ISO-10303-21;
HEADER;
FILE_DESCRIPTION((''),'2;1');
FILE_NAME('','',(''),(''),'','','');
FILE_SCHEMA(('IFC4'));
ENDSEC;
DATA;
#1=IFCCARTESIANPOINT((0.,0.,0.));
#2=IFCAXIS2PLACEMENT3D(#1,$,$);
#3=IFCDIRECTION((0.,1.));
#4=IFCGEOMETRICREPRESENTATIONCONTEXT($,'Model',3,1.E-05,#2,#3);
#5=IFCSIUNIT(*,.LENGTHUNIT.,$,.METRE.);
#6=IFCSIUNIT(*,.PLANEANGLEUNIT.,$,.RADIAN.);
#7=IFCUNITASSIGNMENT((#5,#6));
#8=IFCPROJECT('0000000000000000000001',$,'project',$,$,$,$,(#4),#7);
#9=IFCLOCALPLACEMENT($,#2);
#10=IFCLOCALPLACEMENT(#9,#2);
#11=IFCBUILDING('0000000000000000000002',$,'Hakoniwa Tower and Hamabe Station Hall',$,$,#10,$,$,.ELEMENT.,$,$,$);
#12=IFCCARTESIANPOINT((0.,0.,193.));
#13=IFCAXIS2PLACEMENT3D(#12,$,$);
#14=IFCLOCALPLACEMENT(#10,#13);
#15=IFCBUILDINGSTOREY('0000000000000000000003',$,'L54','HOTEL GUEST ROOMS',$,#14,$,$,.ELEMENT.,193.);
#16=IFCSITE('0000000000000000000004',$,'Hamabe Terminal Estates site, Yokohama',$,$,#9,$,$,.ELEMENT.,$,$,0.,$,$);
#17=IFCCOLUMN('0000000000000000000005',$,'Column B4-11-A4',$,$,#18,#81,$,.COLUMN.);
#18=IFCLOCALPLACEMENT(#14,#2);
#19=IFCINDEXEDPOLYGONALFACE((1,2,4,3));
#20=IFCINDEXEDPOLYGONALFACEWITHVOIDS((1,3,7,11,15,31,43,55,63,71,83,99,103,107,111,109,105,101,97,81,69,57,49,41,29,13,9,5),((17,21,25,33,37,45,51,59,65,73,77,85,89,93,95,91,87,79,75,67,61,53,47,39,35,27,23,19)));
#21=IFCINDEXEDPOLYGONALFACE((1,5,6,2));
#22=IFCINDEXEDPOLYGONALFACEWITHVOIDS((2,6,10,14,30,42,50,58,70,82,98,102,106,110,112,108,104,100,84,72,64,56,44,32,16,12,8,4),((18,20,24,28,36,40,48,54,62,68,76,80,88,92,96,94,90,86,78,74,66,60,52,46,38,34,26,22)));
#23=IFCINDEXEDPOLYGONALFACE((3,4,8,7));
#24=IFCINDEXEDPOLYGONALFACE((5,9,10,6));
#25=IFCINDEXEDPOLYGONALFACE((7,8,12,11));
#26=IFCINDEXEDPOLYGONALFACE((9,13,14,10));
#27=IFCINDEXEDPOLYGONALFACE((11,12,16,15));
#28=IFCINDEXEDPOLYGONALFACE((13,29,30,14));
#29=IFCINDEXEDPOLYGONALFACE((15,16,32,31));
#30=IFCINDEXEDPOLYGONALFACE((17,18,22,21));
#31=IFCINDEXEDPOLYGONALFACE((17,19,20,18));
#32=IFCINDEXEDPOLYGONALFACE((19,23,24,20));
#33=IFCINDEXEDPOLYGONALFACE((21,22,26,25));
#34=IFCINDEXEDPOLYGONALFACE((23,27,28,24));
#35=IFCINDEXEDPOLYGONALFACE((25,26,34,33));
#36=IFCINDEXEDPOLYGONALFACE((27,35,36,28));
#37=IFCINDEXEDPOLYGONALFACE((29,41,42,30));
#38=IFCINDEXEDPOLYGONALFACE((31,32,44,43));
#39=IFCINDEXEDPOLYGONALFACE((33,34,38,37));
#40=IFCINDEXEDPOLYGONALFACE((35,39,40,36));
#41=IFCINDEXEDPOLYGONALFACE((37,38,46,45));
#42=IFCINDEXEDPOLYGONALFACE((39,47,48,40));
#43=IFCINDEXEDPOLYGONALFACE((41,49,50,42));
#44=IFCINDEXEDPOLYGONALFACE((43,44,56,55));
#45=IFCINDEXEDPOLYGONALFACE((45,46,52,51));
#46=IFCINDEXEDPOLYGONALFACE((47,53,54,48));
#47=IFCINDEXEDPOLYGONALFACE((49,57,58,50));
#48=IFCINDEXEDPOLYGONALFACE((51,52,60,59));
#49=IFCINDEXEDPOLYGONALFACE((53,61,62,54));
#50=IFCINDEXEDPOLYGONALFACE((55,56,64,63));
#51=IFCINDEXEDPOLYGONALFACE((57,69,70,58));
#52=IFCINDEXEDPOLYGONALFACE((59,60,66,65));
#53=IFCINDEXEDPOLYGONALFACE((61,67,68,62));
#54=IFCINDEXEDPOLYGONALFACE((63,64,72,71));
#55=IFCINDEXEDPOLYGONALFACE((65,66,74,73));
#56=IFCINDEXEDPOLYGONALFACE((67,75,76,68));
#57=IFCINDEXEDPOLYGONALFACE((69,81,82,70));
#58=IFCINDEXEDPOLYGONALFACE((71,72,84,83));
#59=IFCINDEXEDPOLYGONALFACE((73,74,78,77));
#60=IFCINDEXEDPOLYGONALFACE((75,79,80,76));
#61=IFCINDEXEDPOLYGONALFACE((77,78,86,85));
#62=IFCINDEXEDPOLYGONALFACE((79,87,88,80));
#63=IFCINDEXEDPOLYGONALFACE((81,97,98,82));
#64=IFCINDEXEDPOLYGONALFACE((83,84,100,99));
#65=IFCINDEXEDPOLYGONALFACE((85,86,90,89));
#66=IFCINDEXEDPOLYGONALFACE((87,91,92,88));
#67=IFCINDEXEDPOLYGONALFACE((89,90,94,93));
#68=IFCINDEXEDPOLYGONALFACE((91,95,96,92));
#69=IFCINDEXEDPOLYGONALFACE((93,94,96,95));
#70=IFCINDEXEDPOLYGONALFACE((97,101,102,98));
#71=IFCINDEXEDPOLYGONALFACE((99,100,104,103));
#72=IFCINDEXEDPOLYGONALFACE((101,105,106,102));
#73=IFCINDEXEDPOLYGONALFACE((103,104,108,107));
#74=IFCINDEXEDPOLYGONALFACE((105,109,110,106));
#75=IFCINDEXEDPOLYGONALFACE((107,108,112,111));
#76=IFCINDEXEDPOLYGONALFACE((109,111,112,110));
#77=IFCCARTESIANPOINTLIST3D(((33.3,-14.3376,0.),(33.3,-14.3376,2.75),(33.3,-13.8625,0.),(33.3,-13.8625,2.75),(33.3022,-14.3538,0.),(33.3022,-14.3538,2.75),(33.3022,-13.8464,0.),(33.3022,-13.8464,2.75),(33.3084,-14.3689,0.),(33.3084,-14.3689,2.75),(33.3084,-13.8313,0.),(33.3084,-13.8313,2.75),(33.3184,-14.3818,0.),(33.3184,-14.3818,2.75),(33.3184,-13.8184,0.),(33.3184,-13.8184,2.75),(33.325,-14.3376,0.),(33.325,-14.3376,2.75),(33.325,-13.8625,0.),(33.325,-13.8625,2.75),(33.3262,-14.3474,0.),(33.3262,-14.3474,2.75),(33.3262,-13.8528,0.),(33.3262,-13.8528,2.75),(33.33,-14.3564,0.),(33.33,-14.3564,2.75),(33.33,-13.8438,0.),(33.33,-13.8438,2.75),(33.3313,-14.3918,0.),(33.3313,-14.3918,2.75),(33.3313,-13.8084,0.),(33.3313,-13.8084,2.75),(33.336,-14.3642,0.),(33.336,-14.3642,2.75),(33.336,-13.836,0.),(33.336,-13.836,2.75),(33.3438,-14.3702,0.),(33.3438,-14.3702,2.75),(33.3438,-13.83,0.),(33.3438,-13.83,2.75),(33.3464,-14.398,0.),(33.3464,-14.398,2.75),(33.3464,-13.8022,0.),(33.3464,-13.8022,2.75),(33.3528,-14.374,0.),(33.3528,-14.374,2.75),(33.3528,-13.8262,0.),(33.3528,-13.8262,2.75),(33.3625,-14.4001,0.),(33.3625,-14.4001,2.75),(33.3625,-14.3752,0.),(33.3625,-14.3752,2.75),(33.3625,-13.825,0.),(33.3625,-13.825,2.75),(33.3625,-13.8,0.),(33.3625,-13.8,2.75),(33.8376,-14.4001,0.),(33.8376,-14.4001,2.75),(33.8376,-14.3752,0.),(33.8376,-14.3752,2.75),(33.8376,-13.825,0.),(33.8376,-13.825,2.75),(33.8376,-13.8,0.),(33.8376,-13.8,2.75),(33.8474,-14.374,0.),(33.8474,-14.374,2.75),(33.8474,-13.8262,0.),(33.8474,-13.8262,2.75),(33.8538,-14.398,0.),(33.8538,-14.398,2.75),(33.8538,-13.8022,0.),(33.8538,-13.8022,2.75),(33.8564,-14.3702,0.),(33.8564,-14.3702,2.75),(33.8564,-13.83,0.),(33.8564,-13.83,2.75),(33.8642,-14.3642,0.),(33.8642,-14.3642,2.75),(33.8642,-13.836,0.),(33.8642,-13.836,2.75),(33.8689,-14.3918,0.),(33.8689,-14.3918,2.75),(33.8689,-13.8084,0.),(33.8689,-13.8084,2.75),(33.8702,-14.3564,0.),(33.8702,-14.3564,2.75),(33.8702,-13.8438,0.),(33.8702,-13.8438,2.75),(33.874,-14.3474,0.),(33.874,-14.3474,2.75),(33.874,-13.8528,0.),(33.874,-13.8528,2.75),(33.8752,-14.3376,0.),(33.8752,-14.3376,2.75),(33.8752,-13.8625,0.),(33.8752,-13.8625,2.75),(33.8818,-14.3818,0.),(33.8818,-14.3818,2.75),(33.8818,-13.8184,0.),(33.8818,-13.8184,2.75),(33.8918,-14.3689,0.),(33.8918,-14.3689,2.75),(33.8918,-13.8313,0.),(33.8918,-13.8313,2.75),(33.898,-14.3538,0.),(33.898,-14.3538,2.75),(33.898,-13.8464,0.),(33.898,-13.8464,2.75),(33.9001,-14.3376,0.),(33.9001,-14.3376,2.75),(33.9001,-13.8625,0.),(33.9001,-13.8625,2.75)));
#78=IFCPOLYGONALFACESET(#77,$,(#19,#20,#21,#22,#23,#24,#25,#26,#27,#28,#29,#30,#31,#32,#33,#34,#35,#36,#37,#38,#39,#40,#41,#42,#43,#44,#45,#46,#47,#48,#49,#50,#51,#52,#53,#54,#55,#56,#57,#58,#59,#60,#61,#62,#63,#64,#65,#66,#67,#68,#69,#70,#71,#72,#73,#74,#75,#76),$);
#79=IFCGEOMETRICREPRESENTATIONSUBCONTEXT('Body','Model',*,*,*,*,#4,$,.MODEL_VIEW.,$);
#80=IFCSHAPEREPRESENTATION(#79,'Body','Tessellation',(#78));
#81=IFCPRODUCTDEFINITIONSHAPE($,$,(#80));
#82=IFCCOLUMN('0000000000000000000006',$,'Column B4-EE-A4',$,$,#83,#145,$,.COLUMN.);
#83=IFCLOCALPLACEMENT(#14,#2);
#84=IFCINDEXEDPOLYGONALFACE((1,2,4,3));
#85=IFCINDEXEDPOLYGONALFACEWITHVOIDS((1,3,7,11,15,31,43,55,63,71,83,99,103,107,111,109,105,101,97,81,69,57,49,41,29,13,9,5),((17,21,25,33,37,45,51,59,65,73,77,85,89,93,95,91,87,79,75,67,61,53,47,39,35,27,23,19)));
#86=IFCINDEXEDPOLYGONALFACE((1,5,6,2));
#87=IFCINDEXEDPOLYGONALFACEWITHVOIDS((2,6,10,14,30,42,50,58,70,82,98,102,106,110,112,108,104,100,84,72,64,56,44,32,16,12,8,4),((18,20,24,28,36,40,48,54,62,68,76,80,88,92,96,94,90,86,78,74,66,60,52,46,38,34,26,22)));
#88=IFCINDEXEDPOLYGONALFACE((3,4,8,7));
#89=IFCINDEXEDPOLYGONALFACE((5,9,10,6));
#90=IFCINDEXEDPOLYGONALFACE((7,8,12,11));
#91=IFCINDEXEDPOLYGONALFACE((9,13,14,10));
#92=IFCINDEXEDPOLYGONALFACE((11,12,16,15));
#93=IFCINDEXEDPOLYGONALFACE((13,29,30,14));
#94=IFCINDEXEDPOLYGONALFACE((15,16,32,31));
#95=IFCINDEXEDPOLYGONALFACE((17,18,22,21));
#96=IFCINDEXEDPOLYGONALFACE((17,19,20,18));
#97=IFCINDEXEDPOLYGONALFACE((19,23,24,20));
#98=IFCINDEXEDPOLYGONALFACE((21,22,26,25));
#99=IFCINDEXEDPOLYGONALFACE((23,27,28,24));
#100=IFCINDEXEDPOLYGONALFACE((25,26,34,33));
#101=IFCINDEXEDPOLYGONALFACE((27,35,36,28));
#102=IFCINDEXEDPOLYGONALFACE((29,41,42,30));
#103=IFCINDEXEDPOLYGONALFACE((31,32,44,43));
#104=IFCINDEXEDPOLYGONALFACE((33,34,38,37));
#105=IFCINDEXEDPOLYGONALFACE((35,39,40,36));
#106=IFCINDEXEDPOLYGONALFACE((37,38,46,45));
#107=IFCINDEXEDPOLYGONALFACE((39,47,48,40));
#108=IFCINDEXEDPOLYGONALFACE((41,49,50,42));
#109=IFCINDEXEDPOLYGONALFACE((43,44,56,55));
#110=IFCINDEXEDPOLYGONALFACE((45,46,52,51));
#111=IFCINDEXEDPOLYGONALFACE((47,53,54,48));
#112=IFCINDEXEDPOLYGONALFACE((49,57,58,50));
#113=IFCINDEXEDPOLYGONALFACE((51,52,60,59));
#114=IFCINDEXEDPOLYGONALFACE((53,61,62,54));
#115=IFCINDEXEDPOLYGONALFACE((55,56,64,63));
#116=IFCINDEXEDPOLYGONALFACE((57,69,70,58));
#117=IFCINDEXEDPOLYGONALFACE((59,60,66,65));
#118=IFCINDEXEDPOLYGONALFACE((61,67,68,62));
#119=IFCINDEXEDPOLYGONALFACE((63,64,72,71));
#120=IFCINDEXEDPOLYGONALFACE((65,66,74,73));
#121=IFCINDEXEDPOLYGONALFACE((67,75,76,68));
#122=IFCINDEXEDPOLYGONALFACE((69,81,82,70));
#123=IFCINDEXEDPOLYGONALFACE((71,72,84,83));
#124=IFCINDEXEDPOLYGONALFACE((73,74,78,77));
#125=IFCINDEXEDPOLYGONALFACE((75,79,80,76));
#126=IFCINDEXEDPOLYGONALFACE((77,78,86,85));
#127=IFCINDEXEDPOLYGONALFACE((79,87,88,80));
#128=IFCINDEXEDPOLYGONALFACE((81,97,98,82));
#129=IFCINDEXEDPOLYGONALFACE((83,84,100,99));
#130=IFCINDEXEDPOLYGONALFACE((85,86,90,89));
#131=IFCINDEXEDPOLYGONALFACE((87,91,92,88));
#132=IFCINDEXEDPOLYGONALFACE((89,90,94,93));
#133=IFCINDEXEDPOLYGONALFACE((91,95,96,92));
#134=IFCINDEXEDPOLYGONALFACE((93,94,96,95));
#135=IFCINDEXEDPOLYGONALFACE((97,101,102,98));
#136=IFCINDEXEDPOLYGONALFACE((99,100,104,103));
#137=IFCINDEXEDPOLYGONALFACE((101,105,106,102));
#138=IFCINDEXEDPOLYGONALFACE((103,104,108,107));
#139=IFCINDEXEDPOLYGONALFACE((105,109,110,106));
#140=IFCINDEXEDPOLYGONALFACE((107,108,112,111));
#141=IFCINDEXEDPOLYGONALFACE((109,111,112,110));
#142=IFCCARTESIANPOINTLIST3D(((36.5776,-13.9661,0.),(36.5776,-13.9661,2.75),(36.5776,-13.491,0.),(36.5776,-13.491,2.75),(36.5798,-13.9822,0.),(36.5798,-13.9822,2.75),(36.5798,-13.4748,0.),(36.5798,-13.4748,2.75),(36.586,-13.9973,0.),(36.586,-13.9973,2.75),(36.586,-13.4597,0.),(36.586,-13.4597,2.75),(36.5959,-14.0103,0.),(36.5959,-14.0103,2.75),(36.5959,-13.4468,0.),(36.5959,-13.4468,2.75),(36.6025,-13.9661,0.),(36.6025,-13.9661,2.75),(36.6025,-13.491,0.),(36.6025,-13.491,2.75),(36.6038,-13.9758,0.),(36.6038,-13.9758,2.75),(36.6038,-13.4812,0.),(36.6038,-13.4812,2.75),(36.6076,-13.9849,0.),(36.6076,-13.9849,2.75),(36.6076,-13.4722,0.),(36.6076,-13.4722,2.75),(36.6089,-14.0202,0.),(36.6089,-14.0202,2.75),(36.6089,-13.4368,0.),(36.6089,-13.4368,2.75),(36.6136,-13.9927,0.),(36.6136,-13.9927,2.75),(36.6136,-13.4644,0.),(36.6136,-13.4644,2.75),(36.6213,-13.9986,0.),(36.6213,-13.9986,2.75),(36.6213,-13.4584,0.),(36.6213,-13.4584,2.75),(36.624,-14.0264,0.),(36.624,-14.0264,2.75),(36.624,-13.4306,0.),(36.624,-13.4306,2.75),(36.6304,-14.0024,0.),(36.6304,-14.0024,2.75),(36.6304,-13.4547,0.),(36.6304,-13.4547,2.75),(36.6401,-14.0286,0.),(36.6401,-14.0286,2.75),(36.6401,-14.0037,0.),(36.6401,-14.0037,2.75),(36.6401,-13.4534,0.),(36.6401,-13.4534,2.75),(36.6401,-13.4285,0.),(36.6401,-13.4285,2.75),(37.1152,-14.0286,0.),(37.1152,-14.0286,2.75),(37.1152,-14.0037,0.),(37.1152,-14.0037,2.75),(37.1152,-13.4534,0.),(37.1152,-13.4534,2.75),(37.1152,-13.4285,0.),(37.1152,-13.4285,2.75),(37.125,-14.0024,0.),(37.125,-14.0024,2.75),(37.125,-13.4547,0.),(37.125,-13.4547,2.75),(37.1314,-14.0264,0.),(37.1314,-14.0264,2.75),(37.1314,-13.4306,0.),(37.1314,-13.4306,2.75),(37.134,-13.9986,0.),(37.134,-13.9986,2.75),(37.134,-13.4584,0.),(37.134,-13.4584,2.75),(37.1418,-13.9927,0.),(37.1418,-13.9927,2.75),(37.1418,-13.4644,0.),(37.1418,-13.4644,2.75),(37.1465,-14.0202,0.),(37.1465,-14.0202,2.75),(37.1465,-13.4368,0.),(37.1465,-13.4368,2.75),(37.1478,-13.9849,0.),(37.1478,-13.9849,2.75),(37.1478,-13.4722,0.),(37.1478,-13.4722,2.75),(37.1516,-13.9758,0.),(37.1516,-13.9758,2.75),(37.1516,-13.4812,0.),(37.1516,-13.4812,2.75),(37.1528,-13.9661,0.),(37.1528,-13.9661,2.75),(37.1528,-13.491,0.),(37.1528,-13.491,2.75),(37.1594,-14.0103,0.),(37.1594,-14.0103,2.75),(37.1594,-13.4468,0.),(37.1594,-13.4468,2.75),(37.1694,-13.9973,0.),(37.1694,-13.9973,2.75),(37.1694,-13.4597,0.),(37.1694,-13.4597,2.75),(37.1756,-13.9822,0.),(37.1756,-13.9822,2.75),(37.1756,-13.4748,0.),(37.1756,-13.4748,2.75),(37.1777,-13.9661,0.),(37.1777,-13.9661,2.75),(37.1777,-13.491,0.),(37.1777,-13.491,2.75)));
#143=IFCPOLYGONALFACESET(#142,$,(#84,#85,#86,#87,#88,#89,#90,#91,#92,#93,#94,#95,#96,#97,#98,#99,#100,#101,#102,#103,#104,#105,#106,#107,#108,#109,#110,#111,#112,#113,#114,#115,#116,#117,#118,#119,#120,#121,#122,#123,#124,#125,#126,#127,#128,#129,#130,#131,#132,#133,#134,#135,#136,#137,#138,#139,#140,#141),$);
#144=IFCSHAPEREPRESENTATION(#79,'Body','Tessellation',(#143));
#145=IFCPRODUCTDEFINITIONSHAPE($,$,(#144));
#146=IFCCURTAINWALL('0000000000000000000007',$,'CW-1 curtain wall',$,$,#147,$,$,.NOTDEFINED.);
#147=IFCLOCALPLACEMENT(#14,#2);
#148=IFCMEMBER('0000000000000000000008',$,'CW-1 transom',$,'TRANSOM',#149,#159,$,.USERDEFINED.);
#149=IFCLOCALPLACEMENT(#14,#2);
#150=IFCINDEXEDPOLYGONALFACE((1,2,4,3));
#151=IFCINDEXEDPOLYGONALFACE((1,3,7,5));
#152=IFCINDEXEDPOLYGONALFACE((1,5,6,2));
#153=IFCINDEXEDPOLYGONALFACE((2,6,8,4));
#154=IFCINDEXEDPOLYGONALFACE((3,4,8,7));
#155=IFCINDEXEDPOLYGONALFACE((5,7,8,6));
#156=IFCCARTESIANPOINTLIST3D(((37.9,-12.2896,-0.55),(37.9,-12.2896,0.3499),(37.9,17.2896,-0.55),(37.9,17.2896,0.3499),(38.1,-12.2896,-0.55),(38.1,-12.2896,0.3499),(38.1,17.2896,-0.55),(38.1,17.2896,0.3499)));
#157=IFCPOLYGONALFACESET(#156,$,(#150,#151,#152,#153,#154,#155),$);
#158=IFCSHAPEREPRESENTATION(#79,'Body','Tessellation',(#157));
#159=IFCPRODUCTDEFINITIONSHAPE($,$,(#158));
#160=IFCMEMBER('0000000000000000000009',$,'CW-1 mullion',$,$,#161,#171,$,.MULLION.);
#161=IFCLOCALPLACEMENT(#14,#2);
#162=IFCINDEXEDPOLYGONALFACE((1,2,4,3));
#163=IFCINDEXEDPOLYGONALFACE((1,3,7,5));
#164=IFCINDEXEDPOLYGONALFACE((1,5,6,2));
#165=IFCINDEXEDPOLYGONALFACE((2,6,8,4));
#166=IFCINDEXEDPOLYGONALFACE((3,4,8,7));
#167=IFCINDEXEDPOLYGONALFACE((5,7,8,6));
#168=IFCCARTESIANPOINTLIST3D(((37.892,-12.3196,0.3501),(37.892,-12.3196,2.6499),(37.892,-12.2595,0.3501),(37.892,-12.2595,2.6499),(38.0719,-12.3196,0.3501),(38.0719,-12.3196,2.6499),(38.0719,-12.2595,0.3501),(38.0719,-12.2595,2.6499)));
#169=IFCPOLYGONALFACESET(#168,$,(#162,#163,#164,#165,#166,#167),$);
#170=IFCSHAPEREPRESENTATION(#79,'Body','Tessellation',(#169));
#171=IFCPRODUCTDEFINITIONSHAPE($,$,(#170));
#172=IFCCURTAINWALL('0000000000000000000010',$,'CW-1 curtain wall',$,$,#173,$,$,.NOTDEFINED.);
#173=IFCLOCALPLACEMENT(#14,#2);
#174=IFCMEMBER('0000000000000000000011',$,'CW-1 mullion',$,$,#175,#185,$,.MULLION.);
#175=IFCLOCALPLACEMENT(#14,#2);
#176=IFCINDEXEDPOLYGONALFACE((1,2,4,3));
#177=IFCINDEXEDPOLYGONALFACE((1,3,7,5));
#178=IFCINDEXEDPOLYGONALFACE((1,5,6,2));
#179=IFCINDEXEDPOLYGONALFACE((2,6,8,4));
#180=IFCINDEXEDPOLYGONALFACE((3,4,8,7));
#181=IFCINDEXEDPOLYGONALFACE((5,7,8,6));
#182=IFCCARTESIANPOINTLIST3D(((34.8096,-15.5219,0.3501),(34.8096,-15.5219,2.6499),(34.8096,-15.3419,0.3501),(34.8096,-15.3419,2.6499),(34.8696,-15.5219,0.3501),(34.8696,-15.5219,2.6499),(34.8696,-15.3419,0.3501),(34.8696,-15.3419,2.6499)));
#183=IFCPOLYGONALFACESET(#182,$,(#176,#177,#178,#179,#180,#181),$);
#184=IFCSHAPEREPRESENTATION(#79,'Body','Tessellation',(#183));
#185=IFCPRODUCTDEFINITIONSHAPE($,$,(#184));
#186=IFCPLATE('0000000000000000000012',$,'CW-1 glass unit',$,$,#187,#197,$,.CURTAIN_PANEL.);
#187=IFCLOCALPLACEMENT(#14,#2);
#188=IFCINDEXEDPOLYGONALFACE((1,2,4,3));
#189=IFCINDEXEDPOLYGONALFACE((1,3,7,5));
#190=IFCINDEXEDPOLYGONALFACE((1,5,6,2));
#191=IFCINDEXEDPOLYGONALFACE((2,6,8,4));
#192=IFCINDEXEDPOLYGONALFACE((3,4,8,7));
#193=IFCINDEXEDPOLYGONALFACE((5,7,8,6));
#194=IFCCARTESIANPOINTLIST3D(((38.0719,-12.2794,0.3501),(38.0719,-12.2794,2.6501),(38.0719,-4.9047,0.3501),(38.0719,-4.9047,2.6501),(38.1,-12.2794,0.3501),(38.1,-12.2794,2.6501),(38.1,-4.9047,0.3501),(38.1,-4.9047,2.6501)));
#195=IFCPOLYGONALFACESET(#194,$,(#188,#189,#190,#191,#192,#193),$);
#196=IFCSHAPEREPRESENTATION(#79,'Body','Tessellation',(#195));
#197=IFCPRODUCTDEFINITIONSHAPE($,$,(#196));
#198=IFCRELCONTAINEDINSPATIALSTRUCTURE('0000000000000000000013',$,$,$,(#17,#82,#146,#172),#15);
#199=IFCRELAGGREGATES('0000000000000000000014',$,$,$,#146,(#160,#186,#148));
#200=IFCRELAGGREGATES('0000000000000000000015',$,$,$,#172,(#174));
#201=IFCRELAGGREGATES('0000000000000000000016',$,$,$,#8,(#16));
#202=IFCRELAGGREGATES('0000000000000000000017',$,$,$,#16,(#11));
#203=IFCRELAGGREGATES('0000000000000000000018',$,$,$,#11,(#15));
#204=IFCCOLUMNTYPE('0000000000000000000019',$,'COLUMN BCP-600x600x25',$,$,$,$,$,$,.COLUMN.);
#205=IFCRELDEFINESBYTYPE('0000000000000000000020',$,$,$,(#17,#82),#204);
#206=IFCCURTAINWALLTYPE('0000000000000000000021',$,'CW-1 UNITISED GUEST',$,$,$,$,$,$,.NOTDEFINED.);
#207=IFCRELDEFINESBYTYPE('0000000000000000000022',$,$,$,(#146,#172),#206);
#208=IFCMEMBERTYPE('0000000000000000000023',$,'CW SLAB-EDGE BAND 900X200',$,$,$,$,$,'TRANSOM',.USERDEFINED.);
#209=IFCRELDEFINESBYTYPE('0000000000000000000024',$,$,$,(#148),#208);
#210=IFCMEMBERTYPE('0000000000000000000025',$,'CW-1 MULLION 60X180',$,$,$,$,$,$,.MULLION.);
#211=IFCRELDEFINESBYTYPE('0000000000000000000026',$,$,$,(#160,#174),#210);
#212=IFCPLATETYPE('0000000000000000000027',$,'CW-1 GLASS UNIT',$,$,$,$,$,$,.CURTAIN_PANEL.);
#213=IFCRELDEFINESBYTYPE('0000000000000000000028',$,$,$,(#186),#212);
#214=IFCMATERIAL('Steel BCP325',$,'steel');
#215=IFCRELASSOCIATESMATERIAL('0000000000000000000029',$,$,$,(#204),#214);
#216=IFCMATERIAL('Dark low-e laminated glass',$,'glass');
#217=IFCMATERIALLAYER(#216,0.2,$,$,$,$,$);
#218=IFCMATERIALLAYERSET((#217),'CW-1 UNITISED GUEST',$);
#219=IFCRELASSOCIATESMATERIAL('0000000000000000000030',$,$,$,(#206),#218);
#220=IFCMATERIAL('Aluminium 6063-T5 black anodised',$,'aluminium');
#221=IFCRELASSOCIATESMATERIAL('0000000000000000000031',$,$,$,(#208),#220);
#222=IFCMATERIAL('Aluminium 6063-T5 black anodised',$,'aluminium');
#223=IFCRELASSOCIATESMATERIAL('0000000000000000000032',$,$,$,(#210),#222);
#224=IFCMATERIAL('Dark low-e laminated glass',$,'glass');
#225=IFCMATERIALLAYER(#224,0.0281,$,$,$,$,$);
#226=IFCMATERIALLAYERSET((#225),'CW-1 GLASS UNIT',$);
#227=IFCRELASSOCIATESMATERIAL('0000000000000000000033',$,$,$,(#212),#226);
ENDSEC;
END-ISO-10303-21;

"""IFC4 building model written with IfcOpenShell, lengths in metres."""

from ifc_helpers import new_model, si_unit, direction, frame, origin, origin_2d, place, context, subcontext, project, spatial, rectangle, hollow_rectangle, extrude, material, layer, layer_set, material_profile, profile_set, type_object, element, aggregate, save


model = new_model("IFC4")

# Units and contexts
model_context = context("Model", 3, precision=1e-05, world=origin(), true_north=direction((0.0, 1.0)))
body_context = subcontext(model_context, "Body", "Model", "MODEL_VIEW")
ifc_project = project(units=[si_unit("LENGTHUNIT", "METRE"), si_unit("PLANEANGLEUNIT", "RADIAN")], contexts=[model_context])

# Site, building, storey
site_placement = place(None, origin())
site = spatial("IfcSite", under=ifc_project, at=site_placement, Name="Hamabe Terminal Estates site, Yokohama", CompositionType="ELEMENT", RefElevation=0.0)
building_placement = place(site_placement, origin())
building = spatial("IfcBuilding", under=site, at=building_placement, Name="Hakoniwa Tower and Hamabe Station Hall", CompositionType="ELEMENT")
storey_placement = place(building_placement, frame((0.0, 0.0, 193.0)))
storey = spatial("IfcBuildingStorey", under=building, at=storey_placement, Name="L54", Description="HOTEL GUEST ROOMS", CompositionType="ELEMENT", Elevation=193.0)

# Columns
ifc_material_1 = material(Name="Steel BCP325", Category="steel")
ifc_material_profile_1 = material_profile(ifc_material_1, hollow_rectangle(XDim=0.6001, YDim=0.6001, WallThickness=0.0249, InnerFilletRadius=0.0376, OuterFilletRadius=0.0625, at=origin_2d()), Name="BCP-600x600x25")
ifc_profile_set_1 = profile_set([ifc_material_profile_1], Name="Steel BCP325")
column_type = type_object("IfcColumnType", Name="COLUMN BCP-600x600x25", PredefinedType="COLUMN", material=ifc_profile_set_1)
for number, where, z_axis, x_axis, name in (
    (1, (33.6001, -14.1001, 0.0), (0.0, 0.0, 1.0), (1.0, 0.0, 0.0), "Column B4-11-A4"),
    (2, (36.8777, -13.7285, 0.0), (0.0, 0.0, 1.0), (1.0, 0.0, 0.0), "Column B4-EE-A4"),
):
    element("IfcColumn", number, at=place(storey_placement, frame(where, z_axis=z_axis, x_axis=x_axis)), inside=storey, type_object=column_type, Name=name, PredefinedType="COLUMN", context=body_context, shape_type="SweptSolid", body=[
        extrude(hollow_rectangle(XDim=0.6001, YDim=0.6001, WallThickness=0.0249, InnerFilletRadius=0.0376, OuterFilletRadius=0.0625, at=origin_2d()), origin(), (0.0, 0.0, 1.0), 2.75),
    ])

# Curtain wall, members
ifc_material_2 = material(Name="Dark low-e laminated glass", Category="glass")
ifc_layer_1 = layer(ifc_material_2, 0.2)
ifc_layer_set_1 = layer_set([ifc_layer_1], Name="CW-1 UNITISED GUEST")
curtain_wall_type = type_object("IfcCurtainWallType", Name="CW-1 UNITISED GUEST", PredefinedType="NOTDEFINED", material=ifc_layer_set_1)
curtain_wall_1_placement = place(storey_placement, origin())
curtain_wall_1 = element("IfcCurtainWall", 3, at=curtain_wall_1_placement, inside=storey, type_object=curtain_wall_type, Name="CW-1 curtain wall", PredefinedType="NOTDEFINED")
ifc_material_3 = material(Name="Aluminium 6063-T5 black anodised", Category="aluminium")
ifc_material_profile_2 = material_profile(ifc_material_3, rectangle(XDim=0.2, YDim=0.8999, at=origin_2d()), Name="CW SLAB-EDGE BAND 900X200")
ifc_profile_set_2 = profile_set([ifc_material_profile_2], Name="Aluminium 6063-T5 black anodised")
member_type_1 = type_object("IfcMemberType", Name="CW SLAB-EDGE BAND 900X200", ElementType="TRANSOM", PredefinedType="USERDEFINED", material=ifc_profile_set_2)
member_1_placement = place(storey_placement, frame((38.0, -12.2896, -0.1001), z_axis=(0.0, 1.0, 0.0), x_axis=(-1.0, 0.0, 0.0)))
member_1 = element("IfcMember", 4, at=member_1_placement, type_object=member_type_1, Name="CW-1 transom", ObjectType="TRANSOM", PredefinedType="USERDEFINED", context=body_context, shape_type="SweptSolid", body=[
    extrude(rectangle(XDim=0.2, YDim=0.8999, at=origin_2d()), origin(), (0.0, 0.0, 1.0), 29.5791),
])
ifc_material_4 = material(Name="Aluminium 6063-T5 black anodised", Category="aluminium")
ifc_material_profile_3 = material_profile(ifc_material_4, rectangle(XDim=0.0601, YDim=0.1799, at=origin_2d()), Name="CW-1 MULLION 60X180")
ifc_profile_set_3 = profile_set([ifc_material_profile_3], Name="Aluminium 6063-T5 black anodised")
member_type_2 = type_object("IfcMemberType", Name="CW-1 MULLION 60X180", PredefinedType="MULLION", material=ifc_profile_set_3)
member_2_placement = place(storey_placement, frame((37.9819, -12.2896, 0.3501), z_axis=(0.0, 0.0, 1.0), x_axis=(0.0, 1.0, 0.0)))
member_2 = element("IfcMember", 5, at=member_2_placement, type_object=member_type_2, Name="CW-1 mullion", PredefinedType="MULLION", context=body_context, shape_type="SweptSolid", body=[
    extrude(rectangle(XDim=0.0601, YDim=0.1799, at=origin_2d()), origin(), (0.0, 0.0, 1.0), 2.2998),
])

# Curtain wall, member
curtain_wall_2_placement = place(storey_placement, origin())
curtain_wall_2 = element("IfcCurtainWall", 6, at=curtain_wall_2_placement, inside=storey, type_object=curtain_wall_type, Name="CW-1 curtain wall", PredefinedType="NOTDEFINED")
member_3_placement = place(storey_placement, frame((34.8396, -15.4319, 0.3501), z_axis=(0.0, 0.0, 1.0), x_axis=(1.0, 0.0, 0.0)))
member_3 = element("IfcMember", 7, at=member_3_placement, type_object=member_type_2, Name="CW-1 mullion", PredefinedType="MULLION", context=body_context, shape_type="SweptSolid", body=[
    extrude(rectangle(XDim=0.0601, YDim=0.1799, at=origin_2d()), origin(), (0.0, 0.0, 1.0), 2.2998),
])

# Plate
ifc_material_5 = material(Name="Dark low-e laminated glass", Category="glass")
ifc_layer_2 = layer(ifc_material_5, 0.0281)
ifc_layer_set_2 = layer_set([ifc_layer_2], Name="CW-1 GLASS UNIT")
plate_type = type_object("IfcPlateType", Name="CW-1 GLASS UNIT", PredefinedType="CURTAIN_PANEL", material=ifc_layer_set_2)
plate_1_placement = place(storey_placement, frame((38.0859, -8.592, 0.3501), z_axis=(0.0, 0.0, 1.0), x_axis=(0.0, 1.0, 0.0)))
plate_1 = element("IfcPlate", 8, at=plate_1_placement, type_object=plate_type, Name="CW-1 glass unit", PredefinedType="CURTAIN_PANEL", context=body_context, shape_type="SweptSolid", body=[
    extrude(rectangle(XDim=7.3748, YDim=0.0281, at=origin_2d()), origin(), (0.0, 0.0, 1.0), 2.3),
])
aggregate(curtain_wall_1, [member_2, plate_1, member_1])
aggregate(curtain_wall_2, [member_3])

save(model, "model.ifc")
